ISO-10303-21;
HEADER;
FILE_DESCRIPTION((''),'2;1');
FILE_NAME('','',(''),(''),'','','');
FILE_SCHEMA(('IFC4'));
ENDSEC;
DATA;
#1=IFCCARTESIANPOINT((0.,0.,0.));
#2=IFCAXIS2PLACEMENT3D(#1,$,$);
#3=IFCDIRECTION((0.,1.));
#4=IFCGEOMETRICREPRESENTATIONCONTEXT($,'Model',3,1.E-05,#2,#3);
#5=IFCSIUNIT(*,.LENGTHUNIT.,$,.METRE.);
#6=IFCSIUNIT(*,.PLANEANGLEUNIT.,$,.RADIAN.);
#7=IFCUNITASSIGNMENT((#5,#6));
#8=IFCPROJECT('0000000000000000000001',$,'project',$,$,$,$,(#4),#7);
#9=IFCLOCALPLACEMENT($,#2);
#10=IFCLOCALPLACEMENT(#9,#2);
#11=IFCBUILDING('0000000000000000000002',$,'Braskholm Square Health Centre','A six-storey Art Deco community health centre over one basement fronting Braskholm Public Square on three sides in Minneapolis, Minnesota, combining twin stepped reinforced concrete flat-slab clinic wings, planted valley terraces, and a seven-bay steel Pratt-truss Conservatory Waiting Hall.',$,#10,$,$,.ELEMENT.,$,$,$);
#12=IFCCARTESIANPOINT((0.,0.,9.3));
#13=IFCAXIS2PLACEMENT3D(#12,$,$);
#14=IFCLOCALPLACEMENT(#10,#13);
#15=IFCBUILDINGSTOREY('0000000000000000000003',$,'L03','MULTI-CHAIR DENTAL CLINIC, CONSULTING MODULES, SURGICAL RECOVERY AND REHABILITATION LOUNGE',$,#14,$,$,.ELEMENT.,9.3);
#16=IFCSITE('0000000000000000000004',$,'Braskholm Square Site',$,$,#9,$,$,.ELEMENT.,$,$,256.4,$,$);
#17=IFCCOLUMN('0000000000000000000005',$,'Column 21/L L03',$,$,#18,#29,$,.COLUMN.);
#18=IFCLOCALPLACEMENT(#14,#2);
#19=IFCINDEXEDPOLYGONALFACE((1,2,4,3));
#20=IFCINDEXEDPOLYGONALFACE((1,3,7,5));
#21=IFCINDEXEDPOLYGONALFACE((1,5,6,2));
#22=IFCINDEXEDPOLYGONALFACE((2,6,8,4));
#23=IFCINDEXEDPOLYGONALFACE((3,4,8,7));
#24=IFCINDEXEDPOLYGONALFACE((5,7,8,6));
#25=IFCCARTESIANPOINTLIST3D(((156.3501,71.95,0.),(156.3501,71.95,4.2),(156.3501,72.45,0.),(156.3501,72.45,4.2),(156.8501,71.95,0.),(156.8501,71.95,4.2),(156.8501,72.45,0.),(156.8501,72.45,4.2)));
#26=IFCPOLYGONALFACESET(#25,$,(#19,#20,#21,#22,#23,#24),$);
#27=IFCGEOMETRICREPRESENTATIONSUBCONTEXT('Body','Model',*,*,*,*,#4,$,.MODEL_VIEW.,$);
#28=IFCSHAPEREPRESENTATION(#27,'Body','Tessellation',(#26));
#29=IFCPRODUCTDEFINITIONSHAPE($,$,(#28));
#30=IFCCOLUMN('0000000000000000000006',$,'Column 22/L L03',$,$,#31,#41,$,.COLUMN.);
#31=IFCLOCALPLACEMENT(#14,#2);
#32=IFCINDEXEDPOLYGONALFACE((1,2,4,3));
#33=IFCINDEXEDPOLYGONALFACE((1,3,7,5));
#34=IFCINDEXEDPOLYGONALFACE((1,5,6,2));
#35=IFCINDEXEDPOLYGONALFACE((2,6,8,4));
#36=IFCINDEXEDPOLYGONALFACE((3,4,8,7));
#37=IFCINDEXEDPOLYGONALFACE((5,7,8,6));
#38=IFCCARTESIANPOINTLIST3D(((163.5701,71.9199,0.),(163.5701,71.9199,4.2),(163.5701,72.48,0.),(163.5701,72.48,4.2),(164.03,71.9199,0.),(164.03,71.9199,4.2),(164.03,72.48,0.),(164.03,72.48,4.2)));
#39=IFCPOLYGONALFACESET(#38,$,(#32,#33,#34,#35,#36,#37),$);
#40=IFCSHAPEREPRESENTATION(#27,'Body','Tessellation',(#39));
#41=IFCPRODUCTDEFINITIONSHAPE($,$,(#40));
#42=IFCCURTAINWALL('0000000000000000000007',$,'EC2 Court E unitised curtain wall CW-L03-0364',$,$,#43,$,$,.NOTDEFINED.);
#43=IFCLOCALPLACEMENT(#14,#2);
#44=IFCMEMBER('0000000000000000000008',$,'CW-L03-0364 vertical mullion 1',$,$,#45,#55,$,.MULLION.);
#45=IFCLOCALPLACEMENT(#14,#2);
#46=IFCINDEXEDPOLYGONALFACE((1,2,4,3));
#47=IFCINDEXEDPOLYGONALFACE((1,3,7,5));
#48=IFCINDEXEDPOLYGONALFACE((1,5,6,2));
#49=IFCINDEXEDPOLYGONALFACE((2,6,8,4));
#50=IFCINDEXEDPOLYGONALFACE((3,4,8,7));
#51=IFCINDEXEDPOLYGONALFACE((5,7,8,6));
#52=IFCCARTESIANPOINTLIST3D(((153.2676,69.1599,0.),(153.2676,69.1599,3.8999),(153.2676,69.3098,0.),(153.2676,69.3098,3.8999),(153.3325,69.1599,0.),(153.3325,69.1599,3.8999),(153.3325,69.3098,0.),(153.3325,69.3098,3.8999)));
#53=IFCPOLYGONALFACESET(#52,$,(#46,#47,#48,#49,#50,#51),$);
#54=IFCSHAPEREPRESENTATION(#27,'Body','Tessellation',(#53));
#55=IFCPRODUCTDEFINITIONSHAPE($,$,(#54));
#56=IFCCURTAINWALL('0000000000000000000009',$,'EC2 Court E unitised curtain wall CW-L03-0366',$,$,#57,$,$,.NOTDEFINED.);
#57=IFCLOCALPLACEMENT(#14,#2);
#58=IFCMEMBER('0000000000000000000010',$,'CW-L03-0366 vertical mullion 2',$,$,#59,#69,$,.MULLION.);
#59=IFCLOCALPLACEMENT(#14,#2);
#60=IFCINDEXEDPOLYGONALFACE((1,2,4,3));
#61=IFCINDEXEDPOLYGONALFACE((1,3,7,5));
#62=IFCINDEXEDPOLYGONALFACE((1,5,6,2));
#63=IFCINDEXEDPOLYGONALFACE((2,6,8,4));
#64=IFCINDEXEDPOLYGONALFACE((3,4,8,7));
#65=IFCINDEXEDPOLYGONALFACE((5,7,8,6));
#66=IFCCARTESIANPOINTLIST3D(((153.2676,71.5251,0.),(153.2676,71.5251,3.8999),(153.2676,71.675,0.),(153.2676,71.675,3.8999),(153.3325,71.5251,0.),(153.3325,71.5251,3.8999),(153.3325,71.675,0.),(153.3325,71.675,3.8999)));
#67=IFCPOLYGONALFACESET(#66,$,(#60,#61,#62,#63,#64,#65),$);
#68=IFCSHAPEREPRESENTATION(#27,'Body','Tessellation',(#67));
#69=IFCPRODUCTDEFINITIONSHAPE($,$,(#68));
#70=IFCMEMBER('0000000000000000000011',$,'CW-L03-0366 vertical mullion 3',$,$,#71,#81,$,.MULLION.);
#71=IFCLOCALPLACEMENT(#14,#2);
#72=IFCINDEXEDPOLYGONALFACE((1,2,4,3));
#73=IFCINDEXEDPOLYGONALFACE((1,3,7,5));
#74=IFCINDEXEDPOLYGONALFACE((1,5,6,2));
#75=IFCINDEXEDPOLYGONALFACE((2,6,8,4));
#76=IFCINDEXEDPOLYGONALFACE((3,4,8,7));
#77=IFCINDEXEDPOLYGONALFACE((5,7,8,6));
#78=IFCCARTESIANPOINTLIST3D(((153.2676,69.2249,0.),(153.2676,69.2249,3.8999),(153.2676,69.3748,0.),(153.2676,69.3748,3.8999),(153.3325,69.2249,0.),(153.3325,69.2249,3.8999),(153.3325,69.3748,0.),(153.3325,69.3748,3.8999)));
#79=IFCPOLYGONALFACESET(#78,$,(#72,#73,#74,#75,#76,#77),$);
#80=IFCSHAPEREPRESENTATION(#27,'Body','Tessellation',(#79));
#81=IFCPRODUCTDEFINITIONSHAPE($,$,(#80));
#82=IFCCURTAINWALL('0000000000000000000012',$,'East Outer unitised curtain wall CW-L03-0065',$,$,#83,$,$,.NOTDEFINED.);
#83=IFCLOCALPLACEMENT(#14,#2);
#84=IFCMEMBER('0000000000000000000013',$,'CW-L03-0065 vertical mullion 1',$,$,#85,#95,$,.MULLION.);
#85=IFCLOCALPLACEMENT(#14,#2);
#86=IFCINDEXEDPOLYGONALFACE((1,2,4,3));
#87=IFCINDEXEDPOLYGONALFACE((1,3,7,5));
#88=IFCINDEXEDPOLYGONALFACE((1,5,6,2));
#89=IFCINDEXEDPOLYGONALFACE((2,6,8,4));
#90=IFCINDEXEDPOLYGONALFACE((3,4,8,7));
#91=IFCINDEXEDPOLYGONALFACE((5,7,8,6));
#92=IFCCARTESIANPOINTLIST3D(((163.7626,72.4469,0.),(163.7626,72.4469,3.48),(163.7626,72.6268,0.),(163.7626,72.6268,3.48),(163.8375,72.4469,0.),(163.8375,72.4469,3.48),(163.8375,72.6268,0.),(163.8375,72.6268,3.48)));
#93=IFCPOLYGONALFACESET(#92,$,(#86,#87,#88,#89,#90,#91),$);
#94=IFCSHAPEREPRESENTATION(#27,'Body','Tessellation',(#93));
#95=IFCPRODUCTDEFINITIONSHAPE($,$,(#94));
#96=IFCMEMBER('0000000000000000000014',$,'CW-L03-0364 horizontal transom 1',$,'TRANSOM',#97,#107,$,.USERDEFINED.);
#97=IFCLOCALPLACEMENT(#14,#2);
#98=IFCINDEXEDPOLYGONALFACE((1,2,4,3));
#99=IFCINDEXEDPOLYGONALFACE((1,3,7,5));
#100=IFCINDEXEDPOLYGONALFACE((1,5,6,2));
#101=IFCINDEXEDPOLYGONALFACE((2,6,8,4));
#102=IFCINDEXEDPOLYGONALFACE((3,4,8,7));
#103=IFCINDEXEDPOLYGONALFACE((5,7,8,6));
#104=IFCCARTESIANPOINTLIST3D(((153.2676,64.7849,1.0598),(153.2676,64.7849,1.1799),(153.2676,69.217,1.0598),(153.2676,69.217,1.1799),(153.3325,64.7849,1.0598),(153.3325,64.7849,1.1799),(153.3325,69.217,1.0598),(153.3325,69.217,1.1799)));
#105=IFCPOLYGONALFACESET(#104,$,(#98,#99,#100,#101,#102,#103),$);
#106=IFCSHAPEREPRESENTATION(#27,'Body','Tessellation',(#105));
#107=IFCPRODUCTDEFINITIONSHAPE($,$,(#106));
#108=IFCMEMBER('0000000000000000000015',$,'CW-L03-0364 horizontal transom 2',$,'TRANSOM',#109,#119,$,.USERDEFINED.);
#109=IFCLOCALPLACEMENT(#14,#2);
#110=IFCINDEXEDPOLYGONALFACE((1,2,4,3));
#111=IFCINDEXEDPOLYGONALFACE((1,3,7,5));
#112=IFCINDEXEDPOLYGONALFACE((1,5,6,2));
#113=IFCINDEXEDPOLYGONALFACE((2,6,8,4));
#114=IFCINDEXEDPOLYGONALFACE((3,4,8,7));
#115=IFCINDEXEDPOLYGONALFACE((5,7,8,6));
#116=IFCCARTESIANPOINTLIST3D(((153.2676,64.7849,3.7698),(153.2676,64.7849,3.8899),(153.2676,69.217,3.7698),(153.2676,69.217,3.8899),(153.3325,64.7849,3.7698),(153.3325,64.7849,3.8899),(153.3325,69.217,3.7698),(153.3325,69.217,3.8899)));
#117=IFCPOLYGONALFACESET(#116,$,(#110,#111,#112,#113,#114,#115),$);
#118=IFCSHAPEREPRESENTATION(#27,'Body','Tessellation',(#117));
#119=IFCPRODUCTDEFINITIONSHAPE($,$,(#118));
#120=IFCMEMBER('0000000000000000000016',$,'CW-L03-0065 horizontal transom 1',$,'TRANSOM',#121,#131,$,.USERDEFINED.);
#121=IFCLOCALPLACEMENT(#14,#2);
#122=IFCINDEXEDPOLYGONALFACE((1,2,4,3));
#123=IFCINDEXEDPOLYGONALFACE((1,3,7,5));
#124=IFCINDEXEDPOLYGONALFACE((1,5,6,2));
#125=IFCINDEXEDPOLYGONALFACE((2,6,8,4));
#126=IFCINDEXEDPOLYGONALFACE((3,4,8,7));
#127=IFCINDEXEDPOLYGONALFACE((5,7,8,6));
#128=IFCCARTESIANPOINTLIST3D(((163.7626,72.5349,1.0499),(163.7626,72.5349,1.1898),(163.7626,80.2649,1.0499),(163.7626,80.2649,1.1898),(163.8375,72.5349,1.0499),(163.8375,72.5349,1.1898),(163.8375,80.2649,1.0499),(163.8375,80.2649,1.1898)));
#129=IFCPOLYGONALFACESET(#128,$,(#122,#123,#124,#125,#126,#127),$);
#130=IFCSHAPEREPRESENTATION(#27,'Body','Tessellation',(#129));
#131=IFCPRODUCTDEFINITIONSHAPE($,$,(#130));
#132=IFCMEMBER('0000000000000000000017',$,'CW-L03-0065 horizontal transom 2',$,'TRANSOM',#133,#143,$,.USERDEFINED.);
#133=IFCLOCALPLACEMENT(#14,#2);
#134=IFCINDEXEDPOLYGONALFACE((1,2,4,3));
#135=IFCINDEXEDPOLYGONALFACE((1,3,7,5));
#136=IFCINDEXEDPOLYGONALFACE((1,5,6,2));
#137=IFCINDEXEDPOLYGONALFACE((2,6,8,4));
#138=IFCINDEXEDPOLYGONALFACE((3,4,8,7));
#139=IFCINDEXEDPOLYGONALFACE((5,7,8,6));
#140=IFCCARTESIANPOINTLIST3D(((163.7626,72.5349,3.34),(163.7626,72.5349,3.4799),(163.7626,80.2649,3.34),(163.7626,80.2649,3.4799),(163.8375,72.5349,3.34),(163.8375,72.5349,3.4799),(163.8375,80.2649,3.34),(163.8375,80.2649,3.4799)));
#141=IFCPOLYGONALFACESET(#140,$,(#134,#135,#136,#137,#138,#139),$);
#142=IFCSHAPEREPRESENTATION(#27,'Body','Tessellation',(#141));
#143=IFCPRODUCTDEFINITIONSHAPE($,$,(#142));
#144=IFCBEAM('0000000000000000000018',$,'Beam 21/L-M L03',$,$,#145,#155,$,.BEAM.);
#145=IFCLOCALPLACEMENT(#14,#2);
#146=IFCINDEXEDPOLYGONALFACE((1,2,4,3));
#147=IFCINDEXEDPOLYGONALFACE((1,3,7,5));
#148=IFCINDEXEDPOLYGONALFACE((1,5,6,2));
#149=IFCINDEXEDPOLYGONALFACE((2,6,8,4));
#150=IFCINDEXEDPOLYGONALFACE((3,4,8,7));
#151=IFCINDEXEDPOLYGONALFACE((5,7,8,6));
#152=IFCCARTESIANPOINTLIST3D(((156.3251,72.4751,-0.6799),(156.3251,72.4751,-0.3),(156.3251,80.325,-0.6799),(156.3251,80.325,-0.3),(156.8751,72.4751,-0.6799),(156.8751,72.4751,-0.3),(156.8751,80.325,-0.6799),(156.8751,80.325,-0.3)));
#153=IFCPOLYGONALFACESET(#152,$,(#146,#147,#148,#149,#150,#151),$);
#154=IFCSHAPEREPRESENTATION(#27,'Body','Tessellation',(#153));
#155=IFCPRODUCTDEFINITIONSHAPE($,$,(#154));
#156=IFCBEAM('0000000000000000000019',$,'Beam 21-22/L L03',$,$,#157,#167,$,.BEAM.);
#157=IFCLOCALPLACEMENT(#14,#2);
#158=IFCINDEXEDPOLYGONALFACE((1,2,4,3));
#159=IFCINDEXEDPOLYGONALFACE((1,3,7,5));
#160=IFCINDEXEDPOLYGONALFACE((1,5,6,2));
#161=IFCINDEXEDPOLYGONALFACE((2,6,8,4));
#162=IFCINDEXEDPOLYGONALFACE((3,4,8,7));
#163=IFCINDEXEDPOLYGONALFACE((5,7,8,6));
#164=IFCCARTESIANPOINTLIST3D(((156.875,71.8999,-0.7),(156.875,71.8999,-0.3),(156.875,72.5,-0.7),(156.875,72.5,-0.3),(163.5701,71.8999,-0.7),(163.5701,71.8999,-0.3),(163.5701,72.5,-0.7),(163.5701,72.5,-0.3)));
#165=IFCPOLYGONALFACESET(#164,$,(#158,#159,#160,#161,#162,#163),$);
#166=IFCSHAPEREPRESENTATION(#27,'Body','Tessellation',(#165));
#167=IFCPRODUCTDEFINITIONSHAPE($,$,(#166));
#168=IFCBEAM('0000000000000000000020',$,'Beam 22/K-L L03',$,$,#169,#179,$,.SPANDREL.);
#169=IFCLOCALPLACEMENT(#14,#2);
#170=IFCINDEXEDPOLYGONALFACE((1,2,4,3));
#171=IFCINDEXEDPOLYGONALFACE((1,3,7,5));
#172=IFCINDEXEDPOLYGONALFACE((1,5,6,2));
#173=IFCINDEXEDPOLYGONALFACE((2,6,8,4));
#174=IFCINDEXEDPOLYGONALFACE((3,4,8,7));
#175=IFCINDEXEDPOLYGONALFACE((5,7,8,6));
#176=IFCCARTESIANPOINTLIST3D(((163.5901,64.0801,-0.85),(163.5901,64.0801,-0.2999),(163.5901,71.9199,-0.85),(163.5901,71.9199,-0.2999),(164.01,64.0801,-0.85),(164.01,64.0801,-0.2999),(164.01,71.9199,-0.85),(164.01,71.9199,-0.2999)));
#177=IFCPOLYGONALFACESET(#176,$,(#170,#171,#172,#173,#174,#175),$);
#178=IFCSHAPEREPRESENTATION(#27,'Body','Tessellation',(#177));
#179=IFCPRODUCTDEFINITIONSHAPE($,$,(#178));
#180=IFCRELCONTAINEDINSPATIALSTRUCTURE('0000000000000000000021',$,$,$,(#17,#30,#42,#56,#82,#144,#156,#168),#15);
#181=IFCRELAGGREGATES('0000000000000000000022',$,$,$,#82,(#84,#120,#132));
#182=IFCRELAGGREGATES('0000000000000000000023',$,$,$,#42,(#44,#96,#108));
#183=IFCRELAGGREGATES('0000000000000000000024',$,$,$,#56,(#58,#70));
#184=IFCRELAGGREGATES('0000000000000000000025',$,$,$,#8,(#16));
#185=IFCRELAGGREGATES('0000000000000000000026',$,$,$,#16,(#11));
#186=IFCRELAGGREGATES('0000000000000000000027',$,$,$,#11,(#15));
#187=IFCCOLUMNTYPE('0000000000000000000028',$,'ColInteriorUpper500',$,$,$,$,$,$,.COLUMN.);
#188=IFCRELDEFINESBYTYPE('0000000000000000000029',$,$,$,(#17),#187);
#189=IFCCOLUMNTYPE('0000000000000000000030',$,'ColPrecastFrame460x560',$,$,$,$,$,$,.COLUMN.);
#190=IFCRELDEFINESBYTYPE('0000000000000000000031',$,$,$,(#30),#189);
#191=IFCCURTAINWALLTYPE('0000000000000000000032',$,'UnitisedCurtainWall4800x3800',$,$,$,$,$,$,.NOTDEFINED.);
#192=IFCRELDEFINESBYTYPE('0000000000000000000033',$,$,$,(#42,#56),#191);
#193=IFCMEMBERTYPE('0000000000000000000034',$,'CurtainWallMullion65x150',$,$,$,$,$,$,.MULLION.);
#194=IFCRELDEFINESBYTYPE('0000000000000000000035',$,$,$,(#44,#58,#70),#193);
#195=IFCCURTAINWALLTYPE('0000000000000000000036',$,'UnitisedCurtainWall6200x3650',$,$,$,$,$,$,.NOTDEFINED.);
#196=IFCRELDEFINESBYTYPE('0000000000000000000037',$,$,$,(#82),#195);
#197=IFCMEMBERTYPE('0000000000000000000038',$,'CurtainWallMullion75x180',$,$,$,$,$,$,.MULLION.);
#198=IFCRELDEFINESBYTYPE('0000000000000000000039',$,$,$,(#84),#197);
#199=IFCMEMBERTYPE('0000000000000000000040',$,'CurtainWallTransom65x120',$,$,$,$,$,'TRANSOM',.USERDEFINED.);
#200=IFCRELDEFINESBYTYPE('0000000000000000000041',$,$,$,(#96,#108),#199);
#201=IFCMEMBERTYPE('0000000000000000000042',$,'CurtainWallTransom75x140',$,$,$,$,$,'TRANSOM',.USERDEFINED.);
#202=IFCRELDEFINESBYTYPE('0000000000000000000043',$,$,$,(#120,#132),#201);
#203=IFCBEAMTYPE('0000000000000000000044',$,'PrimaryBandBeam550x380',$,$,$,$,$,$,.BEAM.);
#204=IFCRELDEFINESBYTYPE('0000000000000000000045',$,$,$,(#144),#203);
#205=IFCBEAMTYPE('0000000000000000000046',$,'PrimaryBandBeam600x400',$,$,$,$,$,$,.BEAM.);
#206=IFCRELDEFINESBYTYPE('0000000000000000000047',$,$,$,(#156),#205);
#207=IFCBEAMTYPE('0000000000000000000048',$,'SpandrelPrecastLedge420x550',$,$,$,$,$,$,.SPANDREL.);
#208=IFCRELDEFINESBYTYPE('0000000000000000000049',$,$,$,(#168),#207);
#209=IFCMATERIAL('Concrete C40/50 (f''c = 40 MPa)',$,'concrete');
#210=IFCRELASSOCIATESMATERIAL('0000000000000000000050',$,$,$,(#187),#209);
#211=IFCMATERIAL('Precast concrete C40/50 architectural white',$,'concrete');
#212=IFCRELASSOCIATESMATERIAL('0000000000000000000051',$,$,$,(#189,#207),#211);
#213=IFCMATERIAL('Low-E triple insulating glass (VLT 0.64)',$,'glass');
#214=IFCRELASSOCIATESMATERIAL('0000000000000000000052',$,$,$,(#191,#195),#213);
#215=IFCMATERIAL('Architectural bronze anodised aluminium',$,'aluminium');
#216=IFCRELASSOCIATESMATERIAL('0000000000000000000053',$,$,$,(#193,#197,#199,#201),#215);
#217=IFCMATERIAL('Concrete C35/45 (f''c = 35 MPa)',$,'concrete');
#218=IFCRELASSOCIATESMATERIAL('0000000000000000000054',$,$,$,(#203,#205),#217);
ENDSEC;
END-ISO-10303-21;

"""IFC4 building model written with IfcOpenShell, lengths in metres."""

from ifc_helpers import new_model, si_unit, direction, frame, origin, origin_2d, place, context, subcontext, project, spatial, rectangle, extrude, material, material_profile, profile_set, type_object, element, aggregate, save


model = new_model("IFC4")

# Units and contexts
model_context = context("Model", 3, precision=1e-05, world=origin(), true_north=direction((0.0, 1.0)))
body_context = subcontext(model_context, "Body", "Model", "MODEL_VIEW")
ifc_project = project(units=[si_unit("LENGTHUNIT", "METRE"), si_unit("PLANEANGLEUNIT", "RADIAN")], contexts=[model_context])

# Site, building, storey
site_placement = place(None, origin())
site = spatial("IfcSite", under=ifc_project, at=site_placement, Name="Braskholm Square Site", CompositionType="ELEMENT", RefElevation=256.4)
building_placement = place(site_placement, origin())
building = spatial("IfcBuilding", under=site, at=building_placement, Name="Braskholm Square Health Centre", Description="A six-storey Art Deco community health centre over one basement fronting Braskholm Public Square on three sides in Minneapolis, Minnesota, combining twin stepped reinforced concrete flat-slab clinic wings, planted valley terraces, and a seven-bay steel Pratt-truss Conservatory Waiting Hall.", CompositionType="ELEMENT")
storey_placement = place(building_placement, frame((0.0, 0.0, 9.3)))
storey = spatial("IfcBuildingStorey", under=building, at=storey_placement, Name="L03", Description="MULTI-CHAIR DENTAL CLINIC, CONSULTING MODULES, SURGICAL RECOVERY AND REHABILITATION LOUNGE", CompositionType="ELEMENT", Elevation=9.3)

# Columns
ifc_material_1 = material(Name="Concrete C40/50 (f'c = 40 MPa)", Category="concrete")
ifc_material_profile_1 = material_profile(ifc_material_1, rectangle(XDim=0.5, YDim=0.5, at=origin_2d()), Name="RC-500X500")
ifc_profile_set_1 = profile_set([ifc_material_profile_1], Name="Concrete C40/50 (f'c = 40 MPa)")
column_type_1 = type_object("IfcColumnType", Name="ColInteriorUpper500", PredefinedType="COLUMN", material=ifc_profile_set_1)
column_1_placement = place(storey_placement, frame((156.6001, 72.2, 0.0), z_axis=(0.0, 0.0, 1.0), x_axis=(1.0, 0.0, 0.0)))
element("IfcColumn", 1, at=column_1_placement, inside=storey, type_object=column_type_1, Name="Column 21/L L03", PredefinedType="COLUMN", context=body_context, shape_type="SweptSolid", body=[
    extrude(rectangle(XDim=0.5, YDim=0.5, at=origin_2d()), origin(), (0.0, 0.0, 1.0), 4.2),
])
ifc_material_2 = material(Name="Precast concrete C40/50 architectural white", Category="concrete")
ifc_material_profile_2 = material_profile(ifc_material_2, rectangle(XDim=0.46, YDim=0.5601, at=origin_2d()), Name="RC-460X560")
ifc_profile_set_2 = profile_set([ifc_material_profile_2], Name="Precast concrete C40/50 architectural white")
column_type_2 = type_object("IfcColumnType", Name="ColPrecastFrame460x560", PredefinedType="COLUMN", material=ifc_profile_set_2)
column_2_placement = place(storey_placement, frame((163.8, 72.2, 0.0), z_axis=(0.0, 0.0, 1.0), x_axis=(1.0, 0.0, 0.0)))
element("IfcColumn", 2, at=column_2_placement, inside=storey, type_object=column_type_2, Name="Column 22/L L03", PredefinedType="COLUMN", context=body_context, shape_type="SweptSolid", body=[
    extrude(rectangle(XDim=0.46, YDim=0.5601, at=origin_2d()), origin(), (0.0, 0.0, 1.0), 4.2),
])

# Curtain wall, member
ifc_material_3 = material(Name="Low-E triple insulating glass (VLT 0.64)", Category="glass")
curtain_wall_type_1 = type_object("IfcCurtainWallType", Name="UnitisedCurtainWall4800x3800", PredefinedType="NOTDEFINED", material=ifc_material_3)
curtain_wall_1_placement = place(storey_placement, origin())
curtain_wall_1 = element("IfcCurtainWall", 3, at=curtain_wall_1_placement, inside=storey, type_object=curtain_wall_type_1, Name="EC2 Court E unitised curtain wall CW-L03-0364", PredefinedType="NOTDEFINED")
ifc_material_4 = material(Name="Architectural bronze anodised aluminium", Category="aluminium")
ifc_material_profile_3 = material_profile(ifc_material_4, rectangle(XDim=0.0649, YDim=0.1499, at=origin_2d()), Name="ALU-65X150")
ifc_profile_set_3 = profile_set([ifc_material_profile_3], Name="Architectural bronze anodised aluminium")
member_type_1 = type_object("IfcMemberType", Name="CurtainWallMullion65x150", PredefinedType="MULLION", material=ifc_profile_set_3)
member_1_placement = place(storey_placement, frame((153.3, 69.2349, 0.0), z_axis=(0.0, 0.0, 1.0), x_axis=(1.0, 0.0, 0.0)))
member_1 = element("IfcMember", 4, at=member_1_placement, type_object=member_type_1, Name="CW-L03-0364 vertical mullion 1", PredefinedType="MULLION", context=body_context, shape_type="SweptSolid", body=[
    extrude(rectangle(XDim=0.0649, YDim=0.1499, at=origin_2d()), origin(), (0.0, 0.0, 1.0), 3.8999),
])

# Curtain wall, members
curtain_wall_2_placement = place(storey_placement, origin())
curtain_wall_2 = element("IfcCurtainWall", 5, at=curtain_wall_2_placement, inside=storey, type_object=curtain_wall_type_1, Name="EC2 Court E unitised curtain wall CW-L03-0366", PredefinedType="NOTDEFINED")
member_2_placement = place(storey_placement, frame((153.3, 71.6001, 0.0), z_axis=(0.0, 0.0, 1.0), x_axis=(1.0, 0.0, 0.0)))
member_2 = element("IfcMember", 6, at=member_2_placement, type_object=member_type_1, Name="CW-L03-0366 vertical mullion 2", PredefinedType="MULLION", context=body_context, shape_type="SweptSolid", body=[
    extrude(rectangle(XDim=0.0649, YDim=0.1499, at=origin_2d()), origin(), (0.0, 0.0, 1.0), 3.8999),
])
member_3_placement = place(storey_placement, frame((153.3, 69.2998, 0.0), z_axis=(0.0, 0.0, 1.0), x_axis=(1.0, 0.0, 0.0)))
member_3 = element("IfcMember", 7, at=member_3_placement, type_object=member_type_1, Name="CW-L03-0366 vertical mullion 3", PredefinedType="MULLION", context=body_context, shape_type="SweptSolid", body=[
    extrude(rectangle(XDim=0.0649, YDim=0.1499, at=origin_2d()), origin(), (0.0, 0.0, 1.0), 3.8999),
])

# Curtain wall, member
curtain_wall_type_2 = type_object("IfcCurtainWallType", Name="UnitisedCurtainWall6200x3650", PredefinedType="NOTDEFINED", material=ifc_material_3)
curtain_wall_3_placement = place(storey_placement, origin())
curtain_wall_3 = element("IfcCurtainWall", 8, at=curtain_wall_3_placement, inside=storey, type_object=curtain_wall_type_2, Name="East Outer unitised curtain wall CW-L03-0065", PredefinedType="NOTDEFINED")
ifc_material_profile_4 = material_profile(ifc_material_4, rectangle(XDim=0.075, YDim=0.1799, at=origin_2d()), Name="ALU-75X180")
ifc_profile_set_4 = profile_set([ifc_material_profile_4], Name="Architectural bronze anodised aluminium")
member_type_2 = type_object("IfcMemberType", Name="CurtainWallMullion75x180", PredefinedType="MULLION", material=ifc_profile_set_4)
member_4_placement = place(storey_placement, frame((163.8, 72.5369, 0.0), z_axis=(0.0, 0.0, 1.0), x_axis=(1.0, 0.0, 0.0)))
member_4 = element("IfcMember", 9, at=member_4_placement, type_object=member_type_2, Name="CW-L03-0065 vertical mullion 1", PredefinedType="MULLION", context=body_context, shape_type="SweptSolid", body=[
    extrude(rectangle(XDim=0.075, YDim=0.1799, at=origin_2d()), origin(), (0.0, 0.0, 1.0), 3.48),
])

# Members
ifc_material_profile_5 = material_profile(ifc_material_4, rectangle(XDim=0.0649, YDim=0.1201, at=origin_2d()), Name="ALU-65X120")
ifc_profile_set_5 = profile_set([ifc_material_profile_5], Name="Architectural bronze anodised aluminium")
member_type_3 = type_object("IfcMemberType", Name="CurtainWallTransom65x120", ElementType="TRANSOM", PredefinedType="USERDEFINED", material=ifc_profile_set_5)
member_5_placement = place(storey_placement, frame((153.3, 69.217, 1.1199), z_axis=(0.0, -1.0, 0.0), x_axis=(1.0, 0.0, 0.0)))
member_5 = element("IfcMember", 10, at=member_5_placement, type_object=member_type_3, Name="CW-L03-0364 horizontal transom 1", ObjectType="TRANSOM", PredefinedType="USERDEFINED", context=body_context, shape_type="SweptSolid", body=[
    extrude(rectangle(XDim=0.0649, YDim=0.1201, at=origin_2d()), origin(), (0.0, 0.0, 1.0), 4.4321),
])
member_6_placement = place(storey_placement, frame((153.3, 69.217, 3.8298), z_axis=(0.0, -1.0, 0.0), x_axis=(1.0, 0.0, 0.0)))
member_6 = element("IfcMember", 11, at=member_6_placement, type_object=member_type_3, Name="CW-L03-0364 horizontal transom 2", ObjectType="TRANSOM", PredefinedType="USERDEFINED", context=body_context, shape_type="SweptSolid", body=[
    extrude(rectangle(XDim=0.0649, YDim=0.1201, at=origin_2d()), origin(), (0.0, 0.0, 1.0), 4.4321),
])
ifc_material_profile_6 = material_profile(ifc_material_4, rectangle(XDim=0.075, YDim=0.1399, at=origin_2d()), Name="ALU-75X140")
ifc_profile_set_6 = profile_set([ifc_material_profile_6], Name="Architectural bronze anodised aluminium")
member_type_4 = type_object("IfcMemberType", Name="CurtainWallTransom75x140", ElementType="TRANSOM", PredefinedType="USERDEFINED", material=ifc_profile_set_6)
member_7_placement = place(storey_placement, frame((163.8, 72.5349, 1.1199), z_axis=(0.0, 1.0, 0.0), x_axis=(-1.0, 0.0, 0.0)))
member_7 = element("IfcMember", 12, at=member_7_placement, type_object=member_type_4, Name="CW-L03-0065 horizontal transom 1", ObjectType="TRANSOM", PredefinedType="USERDEFINED", context=body_context, shape_type="SweptSolid", body=[
    extrude(rectangle(XDim=0.075, YDim=0.1399, at=origin_2d()), origin(), (0.0, 0.0, 1.0), 7.73),
])
member_8_placement = place(storey_placement, frame((163.8, 72.5349, 3.4099), z_axis=(0.0, 1.0, 0.0), x_axis=(-1.0, 0.0, 0.0)))
member_8 = element("IfcMember", 13, at=member_8_placement, type_object=member_type_4, Name="CW-L03-0065 horizontal transom 2", ObjectType="TRANSOM", PredefinedType="USERDEFINED", context=body_context, shape_type="SweptSolid", body=[
    extrude(rectangle(XDim=0.075, YDim=0.1399, at=origin_2d()), origin(), (0.0, 0.0, 1.0), 7.73),
])
aggregate(curtain_wall_3, [member_4, member_7, member_8])

# Beams
ifc_material_5 = material(Name="Concrete C35/45 (f'c = 35 MPa)", Category="concrete")
ifc_material_profile_7 = material_profile(ifc_material_5, rectangle(XDim=0.55, YDim=0.3799, at=origin_2d()), Name="RCB-550X380")
ifc_profile_set_7 = profile_set([ifc_material_profile_7], Name="Concrete C35/45 (f'c = 35 MPa)")
beam_type_1 = type_object("IfcBeamType", Name="PrimaryBandBeam550x380", PredefinedType="BEAM", material=ifc_profile_set_7)
beam_1_placement = place(storey_placement, frame((156.6001, 72.4751, -0.49), z_axis=(0.0, 1.0, 0.0), x_axis=(-1.0, 0.0, 0.0)))
element("IfcBeam", 14, at=beam_1_placement, inside=storey, type_object=beam_type_1, Name="Beam 21/L-M L03", PredefinedType="BEAM", context=body_context, shape_type="SweptSolid", body=[
    extrude(rectangle(XDim=0.55, YDim=0.3799, at=origin_2d()), origin(), (0.0, 0.0, 1.0), 7.8499),
])
ifc_material_profile_8 = material_profile(ifc_material_5, rectangle(XDim=0.6001, YDim=0.3999, at=origin_2d()), Name="RCB-600X400")
ifc_profile_set_8 = profile_set([ifc_material_profile_8], Name="Concrete C35/45 (f'c = 35 MPa)")
beam_type_2 = type_object("IfcBeamType", Name="PrimaryBandBeam600x400", PredefinedType="BEAM", material=ifc_profile_set_8)
beam_2_placement = place(storey_placement, frame((156.875, 72.2, -0.5), z_axis=(1.0, 0.0, 0.0), x_axis=(0.0, 1.0, 0.0)))
element("IfcBeam", 15, at=beam_2_placement, inside=storey, type_object=beam_type_2, Name="Beam 21-22/L L03", PredefinedType="BEAM", context=body_context, shape_type="SweptSolid", body=[
    extrude(rectangle(XDim=0.6001, YDim=0.3999, at=origin_2d()), origin(), (0.0, 0.0, 1.0), 6.6951),
])
ifc_material_profile_9 = material_profile(ifc_material_2, rectangle(XDim=0.4199, YDim=0.55, at=origin_2d()), Name="RCB-420X550")
ifc_profile_set_9 = profile_set([ifc_material_profile_9], Name="Precast concrete C40/50 architectural white")
beam_type_3 = type_object("IfcBeamType", Name="SpandrelPrecastLedge420x550", PredefinedType="SPANDREL", material=ifc_profile_set_9)
beam_3_placement = place(storey_placement, frame((163.8, 64.0801, -0.575), z_axis=(0.0, 1.0, 0.0), x_axis=(-1.0, 0.0, 0.0)))
element("IfcBeam", 16, at=beam_3_placement, inside=storey, type_object=beam_type_3, Name="Beam 22/K-L L03", PredefinedType="SPANDREL", context=body_context, shape_type="SweptSolid", body=[
    extrude(rectangle(XDim=0.4199, YDim=0.55, at=origin_2d()), origin(), (0.0, 0.0, 1.0), 7.8398),
])

aggregate(curtain_wall_1, [member_1, member_5, member_6])
aggregate(curtain_wall_2, [member_2, member_3])

save(model, "model.ifc")
